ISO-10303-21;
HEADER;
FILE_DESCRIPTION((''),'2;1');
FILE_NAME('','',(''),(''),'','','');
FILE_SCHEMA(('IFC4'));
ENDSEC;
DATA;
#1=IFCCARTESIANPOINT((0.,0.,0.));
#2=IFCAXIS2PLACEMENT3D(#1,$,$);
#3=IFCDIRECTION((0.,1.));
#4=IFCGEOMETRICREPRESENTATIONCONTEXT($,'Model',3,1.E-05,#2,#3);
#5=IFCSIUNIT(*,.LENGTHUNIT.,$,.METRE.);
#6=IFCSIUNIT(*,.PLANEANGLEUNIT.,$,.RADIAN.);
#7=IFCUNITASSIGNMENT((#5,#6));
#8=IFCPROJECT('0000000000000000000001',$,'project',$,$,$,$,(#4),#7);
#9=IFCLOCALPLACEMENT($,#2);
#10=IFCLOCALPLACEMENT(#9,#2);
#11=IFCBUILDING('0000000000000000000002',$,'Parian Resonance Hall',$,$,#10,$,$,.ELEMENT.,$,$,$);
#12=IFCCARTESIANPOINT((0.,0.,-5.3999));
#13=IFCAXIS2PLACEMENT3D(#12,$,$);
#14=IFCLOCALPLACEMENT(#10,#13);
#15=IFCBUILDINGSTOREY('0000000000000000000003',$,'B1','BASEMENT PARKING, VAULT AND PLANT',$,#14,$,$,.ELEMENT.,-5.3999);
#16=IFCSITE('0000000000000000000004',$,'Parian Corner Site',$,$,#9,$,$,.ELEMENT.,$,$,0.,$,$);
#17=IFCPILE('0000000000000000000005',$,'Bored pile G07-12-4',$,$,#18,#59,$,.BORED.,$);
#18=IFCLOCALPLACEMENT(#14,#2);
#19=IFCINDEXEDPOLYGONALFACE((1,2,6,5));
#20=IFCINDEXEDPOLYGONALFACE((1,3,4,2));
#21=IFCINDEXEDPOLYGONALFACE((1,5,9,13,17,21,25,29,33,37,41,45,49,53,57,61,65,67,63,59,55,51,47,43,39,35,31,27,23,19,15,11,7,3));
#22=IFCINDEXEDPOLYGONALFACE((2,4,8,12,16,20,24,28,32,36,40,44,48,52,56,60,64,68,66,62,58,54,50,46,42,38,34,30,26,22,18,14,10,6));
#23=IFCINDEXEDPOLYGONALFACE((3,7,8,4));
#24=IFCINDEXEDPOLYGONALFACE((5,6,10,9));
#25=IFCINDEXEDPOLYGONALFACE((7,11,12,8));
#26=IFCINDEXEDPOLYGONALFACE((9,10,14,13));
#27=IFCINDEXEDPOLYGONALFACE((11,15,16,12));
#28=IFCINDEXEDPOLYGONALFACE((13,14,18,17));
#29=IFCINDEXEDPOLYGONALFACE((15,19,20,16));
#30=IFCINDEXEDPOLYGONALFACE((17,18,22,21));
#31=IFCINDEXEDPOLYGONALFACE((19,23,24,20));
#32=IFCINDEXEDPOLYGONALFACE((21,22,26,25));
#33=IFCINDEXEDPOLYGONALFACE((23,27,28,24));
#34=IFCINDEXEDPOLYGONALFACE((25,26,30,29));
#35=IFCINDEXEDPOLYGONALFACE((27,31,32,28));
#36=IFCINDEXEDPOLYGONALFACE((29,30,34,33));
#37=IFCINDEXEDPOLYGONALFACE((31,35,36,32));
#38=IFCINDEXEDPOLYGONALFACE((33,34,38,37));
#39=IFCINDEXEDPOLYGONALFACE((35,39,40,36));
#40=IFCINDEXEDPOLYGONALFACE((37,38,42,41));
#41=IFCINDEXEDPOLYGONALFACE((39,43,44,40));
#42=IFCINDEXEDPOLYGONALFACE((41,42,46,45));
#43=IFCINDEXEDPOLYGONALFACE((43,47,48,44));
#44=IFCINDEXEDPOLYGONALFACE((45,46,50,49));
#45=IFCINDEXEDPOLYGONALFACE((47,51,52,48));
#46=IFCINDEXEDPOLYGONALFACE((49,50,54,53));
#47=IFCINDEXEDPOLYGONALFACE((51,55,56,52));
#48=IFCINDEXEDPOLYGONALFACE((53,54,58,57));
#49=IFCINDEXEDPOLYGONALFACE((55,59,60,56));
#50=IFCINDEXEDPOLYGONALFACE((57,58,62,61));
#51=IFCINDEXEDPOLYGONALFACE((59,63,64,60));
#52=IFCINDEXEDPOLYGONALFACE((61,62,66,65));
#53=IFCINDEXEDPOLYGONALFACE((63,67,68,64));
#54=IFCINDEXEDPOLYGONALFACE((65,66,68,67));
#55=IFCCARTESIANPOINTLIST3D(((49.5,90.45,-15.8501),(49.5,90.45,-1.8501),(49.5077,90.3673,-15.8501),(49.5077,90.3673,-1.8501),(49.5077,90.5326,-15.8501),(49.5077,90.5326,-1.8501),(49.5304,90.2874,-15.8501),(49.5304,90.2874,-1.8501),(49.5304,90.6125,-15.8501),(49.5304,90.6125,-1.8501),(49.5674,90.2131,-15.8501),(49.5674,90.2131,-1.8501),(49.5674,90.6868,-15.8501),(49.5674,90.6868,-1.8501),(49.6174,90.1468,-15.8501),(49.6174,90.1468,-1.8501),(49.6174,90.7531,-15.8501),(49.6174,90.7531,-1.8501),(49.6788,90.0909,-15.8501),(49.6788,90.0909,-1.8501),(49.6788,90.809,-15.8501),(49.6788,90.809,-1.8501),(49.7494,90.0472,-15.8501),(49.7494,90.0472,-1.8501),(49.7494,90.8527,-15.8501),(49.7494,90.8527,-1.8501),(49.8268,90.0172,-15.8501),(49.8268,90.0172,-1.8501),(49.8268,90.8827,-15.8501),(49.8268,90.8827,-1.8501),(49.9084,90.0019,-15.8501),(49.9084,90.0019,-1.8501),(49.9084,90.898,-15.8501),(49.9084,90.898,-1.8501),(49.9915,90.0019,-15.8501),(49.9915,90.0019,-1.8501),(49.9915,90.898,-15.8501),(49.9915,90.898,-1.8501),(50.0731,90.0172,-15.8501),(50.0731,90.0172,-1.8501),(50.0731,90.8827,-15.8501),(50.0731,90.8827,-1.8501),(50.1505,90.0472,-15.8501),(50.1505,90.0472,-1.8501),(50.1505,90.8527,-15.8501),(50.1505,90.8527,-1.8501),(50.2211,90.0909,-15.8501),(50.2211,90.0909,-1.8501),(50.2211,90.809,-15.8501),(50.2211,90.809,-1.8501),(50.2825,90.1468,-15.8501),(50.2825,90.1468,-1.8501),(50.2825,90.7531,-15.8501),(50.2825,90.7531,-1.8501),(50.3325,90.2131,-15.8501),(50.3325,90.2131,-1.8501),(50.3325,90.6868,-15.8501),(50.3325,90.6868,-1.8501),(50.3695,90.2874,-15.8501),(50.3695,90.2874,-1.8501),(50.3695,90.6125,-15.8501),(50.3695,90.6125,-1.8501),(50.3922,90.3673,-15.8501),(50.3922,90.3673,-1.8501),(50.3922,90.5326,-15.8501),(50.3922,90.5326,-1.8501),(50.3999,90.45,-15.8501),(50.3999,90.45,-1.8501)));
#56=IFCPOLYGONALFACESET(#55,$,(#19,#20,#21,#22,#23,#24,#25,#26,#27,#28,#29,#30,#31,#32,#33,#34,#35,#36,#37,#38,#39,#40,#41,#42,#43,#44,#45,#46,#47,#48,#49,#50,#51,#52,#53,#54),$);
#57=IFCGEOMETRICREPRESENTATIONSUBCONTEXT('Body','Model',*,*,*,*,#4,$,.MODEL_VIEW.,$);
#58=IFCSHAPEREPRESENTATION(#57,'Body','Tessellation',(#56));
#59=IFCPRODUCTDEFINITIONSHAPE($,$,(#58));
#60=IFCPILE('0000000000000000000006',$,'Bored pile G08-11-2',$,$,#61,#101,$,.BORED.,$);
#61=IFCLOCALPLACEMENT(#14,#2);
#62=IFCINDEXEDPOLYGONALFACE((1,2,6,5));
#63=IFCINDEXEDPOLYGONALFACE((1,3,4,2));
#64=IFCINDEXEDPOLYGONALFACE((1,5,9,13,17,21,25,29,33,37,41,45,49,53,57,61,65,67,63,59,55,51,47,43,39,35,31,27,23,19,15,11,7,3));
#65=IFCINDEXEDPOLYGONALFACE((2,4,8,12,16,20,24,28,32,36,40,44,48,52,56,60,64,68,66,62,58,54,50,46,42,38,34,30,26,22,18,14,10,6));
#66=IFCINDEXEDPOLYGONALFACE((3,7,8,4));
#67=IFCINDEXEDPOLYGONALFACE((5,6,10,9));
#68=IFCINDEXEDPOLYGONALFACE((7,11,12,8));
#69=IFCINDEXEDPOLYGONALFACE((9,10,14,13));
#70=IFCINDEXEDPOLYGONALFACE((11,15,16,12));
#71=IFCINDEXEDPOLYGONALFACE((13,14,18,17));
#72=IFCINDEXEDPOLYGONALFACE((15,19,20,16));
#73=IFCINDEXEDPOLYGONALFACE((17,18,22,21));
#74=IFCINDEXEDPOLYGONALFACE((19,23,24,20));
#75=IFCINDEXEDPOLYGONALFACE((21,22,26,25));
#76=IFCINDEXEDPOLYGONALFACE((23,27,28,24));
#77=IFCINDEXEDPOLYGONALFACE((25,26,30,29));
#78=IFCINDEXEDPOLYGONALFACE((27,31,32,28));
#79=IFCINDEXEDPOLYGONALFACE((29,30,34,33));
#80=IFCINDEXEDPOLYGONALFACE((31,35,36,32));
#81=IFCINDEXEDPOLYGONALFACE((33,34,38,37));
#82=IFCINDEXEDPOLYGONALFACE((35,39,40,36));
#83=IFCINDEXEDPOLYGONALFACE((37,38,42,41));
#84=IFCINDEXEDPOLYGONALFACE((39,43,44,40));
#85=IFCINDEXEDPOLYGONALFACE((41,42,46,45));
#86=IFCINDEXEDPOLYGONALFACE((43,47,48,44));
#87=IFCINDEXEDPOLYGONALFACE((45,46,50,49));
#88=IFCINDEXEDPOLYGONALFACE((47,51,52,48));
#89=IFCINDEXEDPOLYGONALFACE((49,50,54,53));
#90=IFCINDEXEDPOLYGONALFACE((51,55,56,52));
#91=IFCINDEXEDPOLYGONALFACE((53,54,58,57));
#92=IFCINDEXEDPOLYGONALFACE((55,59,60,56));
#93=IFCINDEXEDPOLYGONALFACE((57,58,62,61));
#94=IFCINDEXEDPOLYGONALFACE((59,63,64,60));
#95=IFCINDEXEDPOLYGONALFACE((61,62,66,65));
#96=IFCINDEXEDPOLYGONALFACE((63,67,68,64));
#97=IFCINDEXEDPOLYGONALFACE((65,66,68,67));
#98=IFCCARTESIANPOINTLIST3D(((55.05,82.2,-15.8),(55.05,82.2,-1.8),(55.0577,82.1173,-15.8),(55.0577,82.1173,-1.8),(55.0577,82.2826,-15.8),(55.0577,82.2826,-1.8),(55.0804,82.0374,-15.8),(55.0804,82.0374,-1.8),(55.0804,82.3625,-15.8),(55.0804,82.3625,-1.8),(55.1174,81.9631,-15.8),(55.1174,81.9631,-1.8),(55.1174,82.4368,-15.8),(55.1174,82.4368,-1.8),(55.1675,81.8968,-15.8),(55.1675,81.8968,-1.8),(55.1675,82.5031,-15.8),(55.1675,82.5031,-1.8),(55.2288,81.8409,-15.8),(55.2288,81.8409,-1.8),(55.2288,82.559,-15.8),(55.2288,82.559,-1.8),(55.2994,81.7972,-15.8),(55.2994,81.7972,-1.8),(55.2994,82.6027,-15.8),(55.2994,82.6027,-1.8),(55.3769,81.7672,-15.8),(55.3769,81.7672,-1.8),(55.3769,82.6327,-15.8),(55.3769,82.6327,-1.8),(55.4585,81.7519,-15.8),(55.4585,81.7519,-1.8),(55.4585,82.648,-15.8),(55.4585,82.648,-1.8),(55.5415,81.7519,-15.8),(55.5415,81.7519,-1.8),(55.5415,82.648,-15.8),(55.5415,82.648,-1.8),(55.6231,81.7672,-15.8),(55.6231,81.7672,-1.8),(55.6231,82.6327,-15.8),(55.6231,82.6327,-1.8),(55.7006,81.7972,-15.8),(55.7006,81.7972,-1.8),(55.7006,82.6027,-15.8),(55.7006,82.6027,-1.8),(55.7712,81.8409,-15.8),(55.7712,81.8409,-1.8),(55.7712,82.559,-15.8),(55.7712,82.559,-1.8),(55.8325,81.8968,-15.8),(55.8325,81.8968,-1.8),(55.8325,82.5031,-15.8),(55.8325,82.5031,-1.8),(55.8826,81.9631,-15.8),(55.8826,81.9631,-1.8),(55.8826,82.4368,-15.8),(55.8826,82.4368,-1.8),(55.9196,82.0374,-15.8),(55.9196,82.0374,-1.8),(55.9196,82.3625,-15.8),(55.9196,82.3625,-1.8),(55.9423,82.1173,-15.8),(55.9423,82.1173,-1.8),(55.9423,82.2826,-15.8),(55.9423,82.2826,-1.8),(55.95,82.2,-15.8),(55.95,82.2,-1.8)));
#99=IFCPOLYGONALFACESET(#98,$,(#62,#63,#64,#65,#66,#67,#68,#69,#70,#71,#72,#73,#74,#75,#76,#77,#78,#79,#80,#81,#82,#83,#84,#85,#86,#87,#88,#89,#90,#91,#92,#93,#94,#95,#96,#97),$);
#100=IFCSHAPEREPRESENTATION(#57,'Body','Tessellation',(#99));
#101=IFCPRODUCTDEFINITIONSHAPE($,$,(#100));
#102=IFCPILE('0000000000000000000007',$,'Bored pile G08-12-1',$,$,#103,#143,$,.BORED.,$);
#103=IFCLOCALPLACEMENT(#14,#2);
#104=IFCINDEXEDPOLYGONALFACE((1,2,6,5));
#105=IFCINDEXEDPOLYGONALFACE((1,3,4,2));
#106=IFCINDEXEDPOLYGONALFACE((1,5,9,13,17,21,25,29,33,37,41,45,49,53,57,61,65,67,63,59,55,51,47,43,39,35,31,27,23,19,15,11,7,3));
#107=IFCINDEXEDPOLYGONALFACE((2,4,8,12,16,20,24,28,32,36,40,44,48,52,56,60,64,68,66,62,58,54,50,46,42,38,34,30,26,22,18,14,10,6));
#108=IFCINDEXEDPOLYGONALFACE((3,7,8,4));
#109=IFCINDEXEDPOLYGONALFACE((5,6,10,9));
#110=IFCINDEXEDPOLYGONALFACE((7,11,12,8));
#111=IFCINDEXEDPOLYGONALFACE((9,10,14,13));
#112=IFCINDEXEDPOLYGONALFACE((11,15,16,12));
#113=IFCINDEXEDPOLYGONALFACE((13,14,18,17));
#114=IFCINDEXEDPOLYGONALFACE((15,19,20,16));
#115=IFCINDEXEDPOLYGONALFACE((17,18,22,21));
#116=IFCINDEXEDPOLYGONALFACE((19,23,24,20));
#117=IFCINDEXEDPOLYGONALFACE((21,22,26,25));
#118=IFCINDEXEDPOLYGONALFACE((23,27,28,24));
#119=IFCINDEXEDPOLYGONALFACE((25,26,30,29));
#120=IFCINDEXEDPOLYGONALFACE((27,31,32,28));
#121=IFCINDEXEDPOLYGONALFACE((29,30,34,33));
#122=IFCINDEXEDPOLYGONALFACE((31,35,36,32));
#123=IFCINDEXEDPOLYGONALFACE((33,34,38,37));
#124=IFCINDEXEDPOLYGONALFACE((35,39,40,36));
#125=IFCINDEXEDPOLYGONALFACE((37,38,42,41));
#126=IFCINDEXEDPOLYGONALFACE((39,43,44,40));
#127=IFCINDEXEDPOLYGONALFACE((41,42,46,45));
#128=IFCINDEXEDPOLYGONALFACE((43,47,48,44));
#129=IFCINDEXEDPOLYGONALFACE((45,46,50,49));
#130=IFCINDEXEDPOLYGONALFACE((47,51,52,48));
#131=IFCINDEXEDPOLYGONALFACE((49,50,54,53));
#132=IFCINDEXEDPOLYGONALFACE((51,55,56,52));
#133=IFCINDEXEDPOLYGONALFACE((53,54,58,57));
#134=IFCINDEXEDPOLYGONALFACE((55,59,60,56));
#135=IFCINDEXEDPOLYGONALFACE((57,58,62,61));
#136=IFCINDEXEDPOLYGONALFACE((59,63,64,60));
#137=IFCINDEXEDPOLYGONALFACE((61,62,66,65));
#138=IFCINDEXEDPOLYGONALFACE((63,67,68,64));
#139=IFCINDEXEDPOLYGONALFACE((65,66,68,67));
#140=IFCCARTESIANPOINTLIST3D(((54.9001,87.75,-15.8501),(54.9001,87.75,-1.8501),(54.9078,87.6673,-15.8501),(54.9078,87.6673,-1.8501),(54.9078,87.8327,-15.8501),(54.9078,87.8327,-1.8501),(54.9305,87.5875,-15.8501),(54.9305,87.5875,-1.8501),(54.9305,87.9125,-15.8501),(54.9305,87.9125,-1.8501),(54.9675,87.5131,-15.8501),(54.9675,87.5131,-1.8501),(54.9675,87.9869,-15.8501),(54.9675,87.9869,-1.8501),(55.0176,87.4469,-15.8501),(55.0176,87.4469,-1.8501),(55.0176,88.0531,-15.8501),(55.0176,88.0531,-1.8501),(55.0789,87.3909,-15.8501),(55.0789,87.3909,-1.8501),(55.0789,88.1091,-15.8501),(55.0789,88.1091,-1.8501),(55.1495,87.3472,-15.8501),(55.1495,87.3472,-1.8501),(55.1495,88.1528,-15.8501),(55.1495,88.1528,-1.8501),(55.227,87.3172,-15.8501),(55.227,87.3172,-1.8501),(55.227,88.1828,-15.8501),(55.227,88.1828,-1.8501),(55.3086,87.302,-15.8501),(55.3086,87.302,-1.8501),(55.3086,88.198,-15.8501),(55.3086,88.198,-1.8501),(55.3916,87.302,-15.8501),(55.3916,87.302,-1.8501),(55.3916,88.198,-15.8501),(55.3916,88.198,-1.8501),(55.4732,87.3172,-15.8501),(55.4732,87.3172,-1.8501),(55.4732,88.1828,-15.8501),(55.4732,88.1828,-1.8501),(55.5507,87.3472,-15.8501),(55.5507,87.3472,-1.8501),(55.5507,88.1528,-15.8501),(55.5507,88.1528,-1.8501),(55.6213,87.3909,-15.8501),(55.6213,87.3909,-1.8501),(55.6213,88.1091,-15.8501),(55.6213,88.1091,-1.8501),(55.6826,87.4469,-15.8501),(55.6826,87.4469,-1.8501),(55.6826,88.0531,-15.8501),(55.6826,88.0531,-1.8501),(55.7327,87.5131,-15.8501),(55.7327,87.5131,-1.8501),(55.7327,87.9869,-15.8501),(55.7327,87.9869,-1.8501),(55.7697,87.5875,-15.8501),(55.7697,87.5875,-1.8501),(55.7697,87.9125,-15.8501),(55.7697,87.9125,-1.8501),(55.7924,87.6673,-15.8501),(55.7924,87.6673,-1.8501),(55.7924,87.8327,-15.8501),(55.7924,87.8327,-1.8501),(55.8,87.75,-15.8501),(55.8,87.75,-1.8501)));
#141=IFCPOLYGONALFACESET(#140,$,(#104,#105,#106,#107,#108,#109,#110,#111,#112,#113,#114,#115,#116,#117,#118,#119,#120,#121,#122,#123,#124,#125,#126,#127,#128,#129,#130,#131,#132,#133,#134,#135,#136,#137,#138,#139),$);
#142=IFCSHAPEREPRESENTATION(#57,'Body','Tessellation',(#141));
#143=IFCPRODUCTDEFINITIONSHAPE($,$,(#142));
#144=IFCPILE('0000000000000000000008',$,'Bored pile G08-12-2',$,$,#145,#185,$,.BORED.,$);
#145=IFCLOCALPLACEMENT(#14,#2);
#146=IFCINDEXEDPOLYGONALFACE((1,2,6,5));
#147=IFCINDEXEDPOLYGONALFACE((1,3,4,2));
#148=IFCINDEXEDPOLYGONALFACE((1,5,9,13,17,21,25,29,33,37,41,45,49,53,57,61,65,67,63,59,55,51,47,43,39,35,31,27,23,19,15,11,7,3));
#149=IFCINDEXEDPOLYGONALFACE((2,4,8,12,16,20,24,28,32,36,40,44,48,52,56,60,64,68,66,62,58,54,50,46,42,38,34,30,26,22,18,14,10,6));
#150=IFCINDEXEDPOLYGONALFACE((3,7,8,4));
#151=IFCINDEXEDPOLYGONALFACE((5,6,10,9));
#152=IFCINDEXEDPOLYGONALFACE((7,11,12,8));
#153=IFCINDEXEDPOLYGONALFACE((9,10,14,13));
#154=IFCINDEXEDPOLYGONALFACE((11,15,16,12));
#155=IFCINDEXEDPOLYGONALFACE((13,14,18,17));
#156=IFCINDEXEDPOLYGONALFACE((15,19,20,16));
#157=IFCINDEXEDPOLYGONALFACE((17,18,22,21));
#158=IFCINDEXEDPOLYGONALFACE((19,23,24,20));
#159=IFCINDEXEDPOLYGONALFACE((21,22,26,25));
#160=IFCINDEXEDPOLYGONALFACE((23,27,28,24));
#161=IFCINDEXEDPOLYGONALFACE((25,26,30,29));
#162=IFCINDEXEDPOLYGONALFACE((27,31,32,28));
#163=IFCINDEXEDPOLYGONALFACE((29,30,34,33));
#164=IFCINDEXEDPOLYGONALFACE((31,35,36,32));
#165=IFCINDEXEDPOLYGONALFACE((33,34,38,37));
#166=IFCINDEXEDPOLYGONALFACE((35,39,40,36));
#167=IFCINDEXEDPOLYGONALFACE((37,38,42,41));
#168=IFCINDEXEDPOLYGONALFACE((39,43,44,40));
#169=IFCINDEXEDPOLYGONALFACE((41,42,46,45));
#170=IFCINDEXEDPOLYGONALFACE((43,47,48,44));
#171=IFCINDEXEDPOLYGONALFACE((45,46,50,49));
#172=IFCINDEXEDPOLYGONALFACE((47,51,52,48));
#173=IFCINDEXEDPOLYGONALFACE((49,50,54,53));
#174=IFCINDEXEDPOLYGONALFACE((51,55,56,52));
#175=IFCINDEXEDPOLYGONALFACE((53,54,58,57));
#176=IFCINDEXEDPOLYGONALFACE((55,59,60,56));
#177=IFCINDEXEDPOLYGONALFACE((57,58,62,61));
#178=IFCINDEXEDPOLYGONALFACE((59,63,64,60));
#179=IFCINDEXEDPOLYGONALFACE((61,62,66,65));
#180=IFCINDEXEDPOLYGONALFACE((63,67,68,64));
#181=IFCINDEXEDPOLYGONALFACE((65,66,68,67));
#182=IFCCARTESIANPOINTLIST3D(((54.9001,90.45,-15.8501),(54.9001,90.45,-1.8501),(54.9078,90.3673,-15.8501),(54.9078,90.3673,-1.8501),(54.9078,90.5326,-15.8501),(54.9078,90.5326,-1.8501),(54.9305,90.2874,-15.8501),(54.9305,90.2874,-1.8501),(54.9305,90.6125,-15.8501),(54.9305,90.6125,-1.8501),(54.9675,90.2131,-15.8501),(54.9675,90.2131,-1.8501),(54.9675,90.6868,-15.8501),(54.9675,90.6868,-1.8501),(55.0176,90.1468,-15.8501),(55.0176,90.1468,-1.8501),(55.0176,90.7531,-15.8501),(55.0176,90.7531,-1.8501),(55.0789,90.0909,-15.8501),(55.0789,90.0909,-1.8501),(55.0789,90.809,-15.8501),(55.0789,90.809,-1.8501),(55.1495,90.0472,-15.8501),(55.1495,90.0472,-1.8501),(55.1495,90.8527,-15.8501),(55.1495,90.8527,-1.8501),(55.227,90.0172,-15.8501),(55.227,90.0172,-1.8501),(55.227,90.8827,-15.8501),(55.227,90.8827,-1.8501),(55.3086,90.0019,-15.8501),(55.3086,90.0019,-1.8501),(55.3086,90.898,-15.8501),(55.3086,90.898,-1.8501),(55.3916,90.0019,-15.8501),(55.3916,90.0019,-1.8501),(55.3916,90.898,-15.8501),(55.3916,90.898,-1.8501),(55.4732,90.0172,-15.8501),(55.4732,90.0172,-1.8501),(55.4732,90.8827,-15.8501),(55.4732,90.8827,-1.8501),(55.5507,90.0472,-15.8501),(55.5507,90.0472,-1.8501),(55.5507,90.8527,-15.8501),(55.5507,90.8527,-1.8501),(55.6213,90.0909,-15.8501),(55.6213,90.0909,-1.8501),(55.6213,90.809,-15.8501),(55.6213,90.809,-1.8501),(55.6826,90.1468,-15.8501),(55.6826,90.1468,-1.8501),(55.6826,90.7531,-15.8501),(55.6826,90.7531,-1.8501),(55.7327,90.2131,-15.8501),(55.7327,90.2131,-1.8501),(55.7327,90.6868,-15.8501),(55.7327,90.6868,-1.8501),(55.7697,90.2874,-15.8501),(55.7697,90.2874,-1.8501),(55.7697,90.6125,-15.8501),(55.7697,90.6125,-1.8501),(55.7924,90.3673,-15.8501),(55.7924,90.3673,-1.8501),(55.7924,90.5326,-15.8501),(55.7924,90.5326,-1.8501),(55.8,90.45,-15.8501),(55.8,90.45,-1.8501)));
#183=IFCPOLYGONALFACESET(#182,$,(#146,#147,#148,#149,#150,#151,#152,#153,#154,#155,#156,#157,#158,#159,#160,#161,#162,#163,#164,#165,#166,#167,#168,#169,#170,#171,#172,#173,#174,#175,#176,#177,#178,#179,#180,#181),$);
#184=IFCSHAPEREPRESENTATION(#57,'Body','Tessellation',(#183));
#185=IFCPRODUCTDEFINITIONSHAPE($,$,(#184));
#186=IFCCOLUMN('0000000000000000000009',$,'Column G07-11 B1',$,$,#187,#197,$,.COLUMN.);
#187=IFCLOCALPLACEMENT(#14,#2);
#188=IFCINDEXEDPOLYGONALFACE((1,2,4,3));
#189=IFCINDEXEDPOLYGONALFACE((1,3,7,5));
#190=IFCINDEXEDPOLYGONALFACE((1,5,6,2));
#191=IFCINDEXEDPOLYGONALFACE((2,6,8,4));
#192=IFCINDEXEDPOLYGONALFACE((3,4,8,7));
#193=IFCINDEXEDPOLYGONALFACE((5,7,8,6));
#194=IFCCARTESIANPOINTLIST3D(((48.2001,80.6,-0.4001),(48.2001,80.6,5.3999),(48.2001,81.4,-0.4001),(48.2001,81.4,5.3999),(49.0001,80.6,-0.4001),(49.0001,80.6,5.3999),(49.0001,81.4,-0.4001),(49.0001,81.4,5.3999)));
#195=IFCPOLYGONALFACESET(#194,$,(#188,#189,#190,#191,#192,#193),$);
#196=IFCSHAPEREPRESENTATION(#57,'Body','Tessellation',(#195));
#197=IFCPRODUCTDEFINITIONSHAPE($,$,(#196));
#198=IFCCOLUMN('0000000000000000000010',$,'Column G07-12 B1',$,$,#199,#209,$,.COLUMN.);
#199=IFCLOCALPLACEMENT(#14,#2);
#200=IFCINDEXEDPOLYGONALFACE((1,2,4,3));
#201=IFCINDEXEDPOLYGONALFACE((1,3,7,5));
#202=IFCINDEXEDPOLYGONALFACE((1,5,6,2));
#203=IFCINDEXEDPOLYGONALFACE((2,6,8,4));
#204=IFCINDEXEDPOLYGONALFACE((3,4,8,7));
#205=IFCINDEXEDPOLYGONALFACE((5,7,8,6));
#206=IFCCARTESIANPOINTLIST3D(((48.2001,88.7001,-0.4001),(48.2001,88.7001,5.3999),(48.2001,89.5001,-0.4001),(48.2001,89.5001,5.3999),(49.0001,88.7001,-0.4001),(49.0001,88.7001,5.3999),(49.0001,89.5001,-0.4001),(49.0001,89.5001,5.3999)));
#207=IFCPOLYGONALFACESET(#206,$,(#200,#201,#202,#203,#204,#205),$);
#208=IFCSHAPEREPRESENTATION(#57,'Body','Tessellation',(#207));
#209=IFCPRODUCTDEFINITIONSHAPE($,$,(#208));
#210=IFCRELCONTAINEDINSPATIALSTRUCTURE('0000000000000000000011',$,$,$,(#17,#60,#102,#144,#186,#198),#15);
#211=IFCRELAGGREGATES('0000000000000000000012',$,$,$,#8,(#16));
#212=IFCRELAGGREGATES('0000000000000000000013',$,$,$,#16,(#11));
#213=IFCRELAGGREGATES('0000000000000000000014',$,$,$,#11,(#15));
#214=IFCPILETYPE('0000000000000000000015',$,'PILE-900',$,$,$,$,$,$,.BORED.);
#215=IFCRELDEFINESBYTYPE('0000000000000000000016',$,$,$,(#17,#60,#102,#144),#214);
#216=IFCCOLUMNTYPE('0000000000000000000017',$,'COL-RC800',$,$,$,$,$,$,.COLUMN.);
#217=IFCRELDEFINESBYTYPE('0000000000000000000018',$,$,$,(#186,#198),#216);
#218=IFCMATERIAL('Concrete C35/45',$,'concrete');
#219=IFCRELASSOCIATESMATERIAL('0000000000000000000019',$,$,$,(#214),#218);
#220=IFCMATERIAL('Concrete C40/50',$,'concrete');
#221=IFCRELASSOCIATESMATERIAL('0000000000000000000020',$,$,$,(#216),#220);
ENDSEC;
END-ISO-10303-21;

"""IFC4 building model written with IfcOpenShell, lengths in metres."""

from ifc_helpers import new_model, si_unit, direction, frame, origin, origin_2d, place, context, subcontext, project, spatial, rectangle, circle, extrude, material, material_profile, profile_set, type_object, element, save


model = new_model("IFC4")

# Units and contexts
model_context = context("Model", 3, precision=1e-05, world=origin(), true_north=direction((0.0, 1.0)))
body_context = subcontext(model_context, "Body", "Model", "MODEL_VIEW")
ifc_project = project(units=[si_unit("LENGTHUNIT", "METRE"), si_unit("PLANEANGLEUNIT", "RADIAN")], contexts=[model_context])

# Site, building, storey
site_placement = place(None, origin())
site = spatial("IfcSite", under=ifc_project, at=site_placement, Name="Parian Corner Site", CompositionType="ELEMENT", RefElevation=0.0)
building_placement = place(site_placement, origin())
building = spatial("IfcBuilding", under=site, at=building_placement, Name="Parian Resonance Hall", CompositionType="ELEMENT")
storey_placement = place(building_placement, frame((0.0, 0.0, -5.3999)))
storey = spatial("IfcBuildingStorey", under=building, at=storey_placement, Name="B1", Description="BASEMENT PARKING, VAULT AND PLANT", CompositionType="ELEMENT", Elevation=-5.3999)

# Piles
ifc_material_1 = material(Name="Concrete C35/45", Category="concrete")
ifc_material_profile_1 = material_profile(ifc_material_1, circle(Radius=0.45, at=origin_2d()), Name="PILE-D900")
ifc_profile_set_1 = profile_set([ifc_material_profile_1], Name="Concrete C35/45")
pile_type_1 = type_object("IfcPileType", Name="PILE-900", PredefinedType="BORED", material=ifc_profile_set_1)
for number, where, z_axis, x_axis, name in (
    (1, (49.95, 90.45, -1.8501), (0.0, 0.0, -1.0), (1.0, 0.0, 0.0), "Bored pile G07-12-4"),
    (2, (55.5, 82.2, -1.8), (0.0, 0.0, -1.0), (1.0, 0.0, 0.0), "Bored pile G08-11-2"),
    (3, (55.3501, 87.75, -1.8501), (0.0, 0.0, -1.0), (1.0, 0.0, 0.0), "Bored pile G08-12-1"),
    (4, (55.3501, 90.45, -1.8501), (0.0, 0.0, -1.0), (1.0, 0.0, 0.0), "Bored pile G08-12-2"),
):
    element("IfcPile", number, at=place(storey_placement, frame(where, z_axis=z_axis, x_axis=x_axis)), inside=storey, type_object=pile_type_1, Name=name, PredefinedType="BORED", context=body_context, shape_type="SweptSolid", body=[
        extrude(circle(Radius=0.45, at=origin_2d()), origin(), (0.0, 0.0, 1.0), 14.0),
    ])

# Columns
ifc_material_2 = material(Name="Concrete C40/50", Category="concrete")
ifc_material_profile_2 = material_profile(ifc_material_2, rectangle(XDim=0.8, YDim=0.8, at=origin_2d()), Name="RC-COL-800x800")
ifc_profile_set_2 = profile_set([ifc_material_profile_2], Name="Concrete C40/50")
column_type = type_object("IfcColumnType", Name="COL-RC800", PredefinedType="COLUMN", material=ifc_profile_set_2)
for number, where, z_axis, x_axis, name in (
    (5, (48.6001, 81.0, -0.4001), (0.0, 0.0, 1.0), (1.0, 0.0, 0.0), "Column G07-11 B1"),
    (6, (48.6001, 89.1001, -0.4001), (0.0, 0.0, 1.0), (1.0, 0.0, 0.0), "Column G07-12 B1"),
):
    element("IfcColumn", number, at=place(storey_placement, frame(where, z_axis=z_axis, x_axis=x_axis)), inside=storey, type_object=column_type, Name=name, PredefinedType="COLUMN", context=body_context, shape_type="SweptSolid", body=[
        extrude(rectangle(XDim=0.8, YDim=0.8, at=origin_2d()), origin(), (0.0, 0.0, 1.0), 5.8),
    ])

save(model, "model.ifc")
